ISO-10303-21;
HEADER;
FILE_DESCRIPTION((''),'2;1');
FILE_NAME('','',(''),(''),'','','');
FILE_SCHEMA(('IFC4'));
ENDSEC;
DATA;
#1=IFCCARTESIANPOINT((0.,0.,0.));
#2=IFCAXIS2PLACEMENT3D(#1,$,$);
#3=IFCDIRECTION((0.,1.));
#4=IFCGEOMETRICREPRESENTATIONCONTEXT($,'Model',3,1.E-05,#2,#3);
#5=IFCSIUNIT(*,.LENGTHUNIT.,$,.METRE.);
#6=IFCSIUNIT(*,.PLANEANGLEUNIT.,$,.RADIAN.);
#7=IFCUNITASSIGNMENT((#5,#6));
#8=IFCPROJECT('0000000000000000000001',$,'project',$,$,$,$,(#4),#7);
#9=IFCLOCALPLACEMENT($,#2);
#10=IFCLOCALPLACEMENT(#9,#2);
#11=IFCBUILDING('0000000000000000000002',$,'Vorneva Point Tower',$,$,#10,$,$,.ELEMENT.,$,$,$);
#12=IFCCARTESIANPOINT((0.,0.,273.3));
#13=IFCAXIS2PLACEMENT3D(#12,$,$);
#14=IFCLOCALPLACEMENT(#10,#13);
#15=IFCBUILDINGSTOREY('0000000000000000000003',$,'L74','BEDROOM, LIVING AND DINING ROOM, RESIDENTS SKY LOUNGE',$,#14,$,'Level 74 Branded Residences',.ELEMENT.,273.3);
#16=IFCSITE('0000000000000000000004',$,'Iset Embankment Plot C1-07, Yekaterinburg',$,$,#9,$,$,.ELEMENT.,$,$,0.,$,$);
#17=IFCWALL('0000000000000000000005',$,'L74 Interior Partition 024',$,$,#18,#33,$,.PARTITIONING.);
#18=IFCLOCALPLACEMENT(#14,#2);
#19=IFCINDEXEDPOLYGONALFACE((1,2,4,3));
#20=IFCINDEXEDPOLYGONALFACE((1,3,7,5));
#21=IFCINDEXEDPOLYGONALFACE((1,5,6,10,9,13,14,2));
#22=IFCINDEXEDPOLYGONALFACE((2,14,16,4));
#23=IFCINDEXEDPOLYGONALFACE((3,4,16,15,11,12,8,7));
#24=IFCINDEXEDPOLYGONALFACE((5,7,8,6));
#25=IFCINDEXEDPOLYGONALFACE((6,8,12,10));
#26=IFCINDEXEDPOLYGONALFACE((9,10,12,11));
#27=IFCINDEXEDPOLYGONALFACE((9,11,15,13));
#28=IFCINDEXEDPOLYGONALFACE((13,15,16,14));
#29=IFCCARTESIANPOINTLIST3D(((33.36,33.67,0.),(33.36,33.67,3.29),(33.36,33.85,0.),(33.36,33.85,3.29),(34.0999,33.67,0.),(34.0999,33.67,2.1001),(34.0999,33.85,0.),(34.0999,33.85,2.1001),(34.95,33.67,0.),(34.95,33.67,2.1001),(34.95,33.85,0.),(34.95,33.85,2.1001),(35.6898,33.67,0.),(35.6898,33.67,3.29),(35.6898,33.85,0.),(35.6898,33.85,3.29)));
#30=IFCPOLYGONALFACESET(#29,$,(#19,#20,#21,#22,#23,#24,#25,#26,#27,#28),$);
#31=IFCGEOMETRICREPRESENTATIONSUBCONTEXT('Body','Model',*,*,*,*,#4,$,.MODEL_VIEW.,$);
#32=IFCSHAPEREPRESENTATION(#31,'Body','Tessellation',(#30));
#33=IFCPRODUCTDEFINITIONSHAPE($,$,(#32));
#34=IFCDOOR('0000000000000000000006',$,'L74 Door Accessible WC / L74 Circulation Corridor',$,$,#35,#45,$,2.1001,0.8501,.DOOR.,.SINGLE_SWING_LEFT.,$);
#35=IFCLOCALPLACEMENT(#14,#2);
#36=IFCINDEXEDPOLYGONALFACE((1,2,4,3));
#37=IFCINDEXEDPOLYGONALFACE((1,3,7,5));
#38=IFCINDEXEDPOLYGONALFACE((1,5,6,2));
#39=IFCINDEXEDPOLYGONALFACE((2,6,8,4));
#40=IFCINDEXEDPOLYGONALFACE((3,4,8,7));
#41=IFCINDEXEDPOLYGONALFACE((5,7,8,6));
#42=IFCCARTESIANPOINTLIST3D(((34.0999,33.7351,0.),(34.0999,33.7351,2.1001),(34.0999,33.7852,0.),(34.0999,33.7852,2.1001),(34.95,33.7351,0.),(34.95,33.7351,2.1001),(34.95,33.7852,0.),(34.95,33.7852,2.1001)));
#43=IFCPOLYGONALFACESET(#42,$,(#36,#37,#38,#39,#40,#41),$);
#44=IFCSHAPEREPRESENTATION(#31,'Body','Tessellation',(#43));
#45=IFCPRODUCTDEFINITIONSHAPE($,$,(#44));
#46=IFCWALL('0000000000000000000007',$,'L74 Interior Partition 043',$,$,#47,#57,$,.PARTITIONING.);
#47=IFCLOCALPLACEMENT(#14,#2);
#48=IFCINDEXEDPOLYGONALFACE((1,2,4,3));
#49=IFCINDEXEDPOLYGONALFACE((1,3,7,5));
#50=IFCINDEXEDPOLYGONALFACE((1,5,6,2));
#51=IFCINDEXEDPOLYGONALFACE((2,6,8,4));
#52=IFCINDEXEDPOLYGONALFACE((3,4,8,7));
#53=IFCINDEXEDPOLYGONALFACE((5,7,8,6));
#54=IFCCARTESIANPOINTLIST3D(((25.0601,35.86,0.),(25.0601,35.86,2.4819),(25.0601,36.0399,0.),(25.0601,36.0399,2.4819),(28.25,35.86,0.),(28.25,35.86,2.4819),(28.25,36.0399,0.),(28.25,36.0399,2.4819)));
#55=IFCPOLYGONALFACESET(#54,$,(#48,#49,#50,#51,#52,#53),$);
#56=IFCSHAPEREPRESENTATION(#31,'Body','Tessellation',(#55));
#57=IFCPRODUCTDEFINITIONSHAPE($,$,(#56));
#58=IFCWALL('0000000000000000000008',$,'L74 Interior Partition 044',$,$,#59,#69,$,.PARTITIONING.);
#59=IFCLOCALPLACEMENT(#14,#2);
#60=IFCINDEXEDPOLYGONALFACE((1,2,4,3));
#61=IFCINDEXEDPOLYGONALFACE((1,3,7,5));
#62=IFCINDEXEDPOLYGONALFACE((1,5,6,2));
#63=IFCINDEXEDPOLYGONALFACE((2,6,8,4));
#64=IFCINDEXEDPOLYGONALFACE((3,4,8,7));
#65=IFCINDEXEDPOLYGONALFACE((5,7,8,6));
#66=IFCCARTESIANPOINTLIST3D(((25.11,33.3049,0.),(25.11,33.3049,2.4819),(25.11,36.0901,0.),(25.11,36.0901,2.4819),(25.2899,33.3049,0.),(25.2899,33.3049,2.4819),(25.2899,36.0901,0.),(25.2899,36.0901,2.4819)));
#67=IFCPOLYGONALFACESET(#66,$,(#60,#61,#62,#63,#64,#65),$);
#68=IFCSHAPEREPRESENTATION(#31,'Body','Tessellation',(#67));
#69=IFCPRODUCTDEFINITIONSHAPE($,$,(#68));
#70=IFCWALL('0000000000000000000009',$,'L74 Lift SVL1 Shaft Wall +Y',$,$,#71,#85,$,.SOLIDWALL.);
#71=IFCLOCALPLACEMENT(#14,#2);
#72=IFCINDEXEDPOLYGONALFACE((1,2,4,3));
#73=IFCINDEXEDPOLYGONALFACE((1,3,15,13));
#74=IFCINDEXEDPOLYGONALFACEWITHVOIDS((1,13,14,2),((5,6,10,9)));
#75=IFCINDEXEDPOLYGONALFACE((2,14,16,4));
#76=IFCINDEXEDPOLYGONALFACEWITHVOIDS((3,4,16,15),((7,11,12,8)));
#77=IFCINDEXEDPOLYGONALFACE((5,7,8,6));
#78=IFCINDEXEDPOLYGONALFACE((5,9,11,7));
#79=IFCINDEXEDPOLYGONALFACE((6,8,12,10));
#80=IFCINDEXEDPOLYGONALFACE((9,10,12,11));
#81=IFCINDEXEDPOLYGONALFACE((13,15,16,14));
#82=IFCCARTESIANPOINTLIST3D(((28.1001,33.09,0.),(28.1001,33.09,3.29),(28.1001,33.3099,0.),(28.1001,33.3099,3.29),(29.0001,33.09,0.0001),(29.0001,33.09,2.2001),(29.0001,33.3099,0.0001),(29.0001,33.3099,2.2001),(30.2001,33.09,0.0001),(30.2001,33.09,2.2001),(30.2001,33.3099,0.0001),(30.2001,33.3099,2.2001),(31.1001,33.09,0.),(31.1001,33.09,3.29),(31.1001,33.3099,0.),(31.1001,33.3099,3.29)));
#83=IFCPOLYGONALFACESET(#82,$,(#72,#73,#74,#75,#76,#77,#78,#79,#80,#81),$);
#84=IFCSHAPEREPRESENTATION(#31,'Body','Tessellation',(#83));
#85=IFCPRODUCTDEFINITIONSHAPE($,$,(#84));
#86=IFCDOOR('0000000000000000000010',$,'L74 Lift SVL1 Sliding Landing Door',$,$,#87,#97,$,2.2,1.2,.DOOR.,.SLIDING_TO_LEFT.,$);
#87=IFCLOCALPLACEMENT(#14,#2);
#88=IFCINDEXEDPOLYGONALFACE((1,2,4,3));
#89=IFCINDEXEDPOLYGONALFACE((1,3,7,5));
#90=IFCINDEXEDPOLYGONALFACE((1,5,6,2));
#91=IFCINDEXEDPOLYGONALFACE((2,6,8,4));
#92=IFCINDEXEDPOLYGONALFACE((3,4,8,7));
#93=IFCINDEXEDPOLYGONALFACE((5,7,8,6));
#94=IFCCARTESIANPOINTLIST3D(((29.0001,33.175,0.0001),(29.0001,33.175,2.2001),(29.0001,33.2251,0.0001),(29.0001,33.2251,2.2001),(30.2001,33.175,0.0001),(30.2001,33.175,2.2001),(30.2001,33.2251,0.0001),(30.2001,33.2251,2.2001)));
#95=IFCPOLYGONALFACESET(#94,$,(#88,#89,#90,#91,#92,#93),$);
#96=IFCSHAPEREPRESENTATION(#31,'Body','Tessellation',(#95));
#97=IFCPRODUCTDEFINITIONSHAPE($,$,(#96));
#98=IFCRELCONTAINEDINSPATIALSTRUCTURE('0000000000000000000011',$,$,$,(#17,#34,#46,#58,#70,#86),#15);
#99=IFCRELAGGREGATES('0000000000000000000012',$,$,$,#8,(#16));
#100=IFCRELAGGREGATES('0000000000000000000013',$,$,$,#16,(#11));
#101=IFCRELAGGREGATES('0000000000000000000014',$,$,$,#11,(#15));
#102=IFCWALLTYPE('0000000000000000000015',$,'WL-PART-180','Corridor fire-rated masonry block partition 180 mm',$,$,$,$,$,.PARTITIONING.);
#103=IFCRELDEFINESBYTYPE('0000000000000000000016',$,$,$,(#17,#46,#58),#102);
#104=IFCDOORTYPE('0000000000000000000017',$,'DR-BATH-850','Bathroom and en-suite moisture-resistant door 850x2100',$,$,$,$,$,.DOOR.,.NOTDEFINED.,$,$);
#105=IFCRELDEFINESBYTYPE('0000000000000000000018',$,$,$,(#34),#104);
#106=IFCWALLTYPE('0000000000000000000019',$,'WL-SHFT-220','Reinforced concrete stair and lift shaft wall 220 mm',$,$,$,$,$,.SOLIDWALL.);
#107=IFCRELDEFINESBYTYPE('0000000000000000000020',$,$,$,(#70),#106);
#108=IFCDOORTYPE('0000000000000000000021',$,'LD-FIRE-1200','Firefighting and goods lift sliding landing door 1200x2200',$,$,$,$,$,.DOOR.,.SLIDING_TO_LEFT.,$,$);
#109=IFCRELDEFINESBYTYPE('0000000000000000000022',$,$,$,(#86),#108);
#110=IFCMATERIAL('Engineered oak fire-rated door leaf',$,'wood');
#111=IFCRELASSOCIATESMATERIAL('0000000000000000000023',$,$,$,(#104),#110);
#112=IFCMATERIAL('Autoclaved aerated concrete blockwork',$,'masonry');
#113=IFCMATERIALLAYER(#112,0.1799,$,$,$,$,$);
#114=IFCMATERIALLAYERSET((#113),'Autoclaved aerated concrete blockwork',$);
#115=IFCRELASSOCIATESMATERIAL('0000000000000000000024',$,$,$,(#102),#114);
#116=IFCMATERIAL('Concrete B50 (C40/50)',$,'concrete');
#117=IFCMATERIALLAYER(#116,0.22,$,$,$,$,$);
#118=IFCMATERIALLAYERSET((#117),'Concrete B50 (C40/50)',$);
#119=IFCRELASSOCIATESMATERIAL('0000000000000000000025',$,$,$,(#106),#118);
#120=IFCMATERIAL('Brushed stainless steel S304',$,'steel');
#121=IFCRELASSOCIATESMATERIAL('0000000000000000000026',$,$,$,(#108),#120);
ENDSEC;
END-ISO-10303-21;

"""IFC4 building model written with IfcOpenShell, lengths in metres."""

from ifc_helpers import new_model, si_unit, direction, frame, frame_2d, origin, place, context, subcontext, project, spatial, rectangle, extrude, material, layer, layer_set, type_object, element, fill, save


model = new_model("IFC4")

# Units and contexts
model_context = context("Model", 3, precision=1e-05, world=origin(), true_north=direction((0.0, 1.0)))
body_context = subcontext(model_context, "Body", "Model", "MODEL_VIEW")
ifc_project = project(units=[si_unit("LENGTHUNIT", "METRE"), si_unit("PLANEANGLEUNIT", "RADIAN")], contexts=[model_context])

# Site, building, storey
site_placement = place(None, origin())
site = spatial("IfcSite", under=ifc_project, at=site_placement, Name="Iset Embankment Plot C1-07, Yekaterinburg", CompositionType="ELEMENT", RefElevation=0.0)
building_placement = place(site_placement, origin())
building = spatial("IfcBuilding", under=site, at=building_placement, Name="Vorneva Point Tower", CompositionType="ELEMENT")
storey_placement = place(building_placement, frame((0.0, 0.0, 273.3)))
storey = spatial("IfcBuildingStorey", under=building, at=storey_placement, Name="L74", Description="BEDROOM, LIVING AND DINING ROOM, RESIDENTS SKY LOUNGE", LongName="Level 74 Branded Residences", CompositionType="ELEMENT", Elevation=273.3)

# Shared definitions
ifc_material_1 = material(Name="Concrete B50 (C40/50)", Category="concrete")

# Shared definitions
ifc_material_2 = material(Name="Engineered oak fire-rated door leaf", Category="wood")
door_type_1 = type_object("IfcDoorType", Name="DR-BATH-850", Description="Bathroom and en-suite moisture-resistant door 850x2100", OperationType="NOTDEFINED", PredefinedType="DOOR", material=ifc_material_2)

# Shared definitions
ifc_material_3 = material(Name="Autoclaved aerated concrete blockwork", Category="masonry")
ifc_layer_1 = layer(ifc_material_3, 0.1799)
ifc_layer_set_1 = layer_set([ifc_layer_1], Name="Autoclaved aerated concrete blockwork")
wall_type_1 = type_object("IfcWallType", Name="WL-PART-180", Description="Corridor fire-rated masonry block partition 180 mm", PredefinedType="PARTITIONING", material=ifc_layer_set_1)

# Wall, opening, door
wall_1_placement = place(storey_placement, frame((35.6899, 33.76, 0.0), z_axis=(0.0, 0.0, 1.0), x_axis=(-1.0, 0.0, 0.0)))
wall_1 = element("IfcWall", 1, at=wall_1_placement, inside=storey, type_object=wall_type_1, Name="L74 Interior Partition 024", PredefinedType="PARTITIONING", context=body_context, shape_type="SweptSolid", body=[
    extrude(rectangle(XDim=2.3298, YDim=0.1799, at=frame_2d((1.165, 0.0))), origin(), (0.0, 0.0, 1.0), 3.29),
])
opening_1_placement = place(wall_1_placement, frame((0.74, 0.0, 0.0)))
opening_1 = element("IfcOpeningElement", 2, at=opening_1_placement, cuts=wall_1, PredefinedType="OPENING", context=body_context, shape_type="SweptSolid", body=[
    extrude(rectangle(XDim=0.8501, YDim=2.1001, at=frame_2d((0.425, 1.05))), frame((0.0, 0.105, 0.0), z_axis=(0.0, -1.0, 0.0), x_axis=(1.0, 0.0, 0.0)), (0.0, 0.0, 1.0), 0.2097),
])
door_1_placement = place(opening_1_placement, origin())
door_1 = element("IfcDoor", 3, at=door_1_placement, inside=storey, type_object=door_type_1, Name="L74 Door Accessible WC / L74 Circulation Corridor", OperationType="SINGLE_SWING_LEFT", OverallHeight=2.1001, OverallWidth=0.8501, PredefinedType="DOOR", context=body_context, shape_type="SweptSolid", body=[
    extrude(rectangle(XDim=0.8501, YDim=2.1001, at=frame_2d((0.425, 1.05))), frame((0.0, 0.0249, 0.0), z_axis=(0.0, -1.0, 0.0), x_axis=(1.0, 0.0, 0.0)), (0.0, 0.0, 1.0), 0.05),
])
fill(opening_1, door_1)

# Walls
wall_2_placement = place(storey_placement, frame((28.25, 35.95, 0.0), z_axis=(0.0, 0.0, 1.0), x_axis=(-1.0, 0.0, 0.0)))
element("IfcWall", 4, at=wall_2_placement, inside=storey, type_object=wall_type_1, Name="L74 Interior Partition 043", PredefinedType="PARTITIONING", context=body_context, shape_type="SweptSolid", body=[
    extrude(rectangle(XDim=3.1899, YDim=0.1799, at=frame_2d((1.595, 0.0))), origin(), (0.0, 0.0, 1.0), 2.4819),
])
wall_3_placement = place(storey_placement, frame((25.2, 36.0901, 0.0), z_axis=(0.0, 0.0, 1.0), x_axis=(0.0, -1.0, 0.0)))
element("IfcWall", 5, at=wall_3_placement, inside=storey, type_object=wall_type_1, Name="L74 Interior Partition 044", PredefinedType="PARTITIONING", context=body_context, shape_type="SweptSolid", body=[
    extrude(rectangle(XDim=2.7852, YDim=0.1799, at=frame_2d((1.3926, 0.0))), origin(), (0.0, 0.0, 1.0), 2.4819),
])

# Wall, opening, door
ifc_layer_2 = layer(ifc_material_1, 0.22)
ifc_layer_set_2 = layer_set([ifc_layer_2], Name="Concrete B50 (C40/50)")
wall_type_2 = type_object("IfcWallType", Name="WL-SHFT-220", Description="Reinforced concrete stair and lift shaft wall 220 mm", PredefinedType="SOLIDWALL", material=ifc_layer_set_2)
wall_4_placement = place(storey_placement, frame((31.1001, 33.2, 0.0), z_axis=(0.0, 0.0, 1.0), x_axis=(-1.0, 0.0, 0.0)))
wall_4 = element("IfcWall", 6, at=wall_4_placement, inside=storey, type_object=wall_type_2, Name="L74 Lift SVL1 Shaft Wall +Y", PredefinedType="SOLIDWALL", context=body_context, shape_type="SweptSolid", body=[
    extrude(rectangle(XDim=3.0, YDim=0.22, at=frame_2d((1.5, 0.0))), origin(), (0.0, 0.0, 1.0), 3.29),
])
opening_2_placement = place(wall_4_placement, frame((0.8999, 0.0, 0.0)))
opening_2 = element("IfcOpeningElement", 7, at=opening_2_placement, cuts=wall_4, PredefinedType="OPENING", context=body_context, shape_type="SweptSolid", body=[
    extrude(rectangle(XDim=1.2, YDim=2.2, at=frame_2d((0.6001, 1.1001))), frame((0.0, 0.125, 0.0), z_axis=(0.0, -1.0, 0.0), x_axis=(1.0, 0.0, 0.0)), (0.0, 0.0, 1.0), 0.2498),
])
ifc_material_4 = material(Name="Brushed stainless steel S304", Category="steel")
door_type_2 = type_object("IfcDoorType", Name="LD-FIRE-1200", Description="Firefighting and goods lift sliding landing door 1200x2200", OperationType="SLIDING_TO_LEFT", PredefinedType="DOOR", material=ifc_material_4)
door_2_placement = place(opening_2_placement, origin())
door_2 = element("IfcDoor", 8, at=door_2_placement, inside=storey, type_object=door_type_2, Name="L74 Lift SVL1 Sliding Landing Door", OperationType="SLIDING_TO_LEFT", OverallHeight=2.2, OverallWidth=1.2, PredefinedType="DOOR", context=body_context, shape_type="SweptSolid", body=[
    extrude(rectangle(XDim=1.2, YDim=2.2, at=frame_2d((0.6001, 1.1001))), frame((0.0, 0.0249, 0.0), z_axis=(0.0, -1.0, 0.0), x_axis=(1.0, 0.0, 0.0)), (0.0, 0.0, 1.0), 0.05),
])
fill(opening_2, door_2)

save(model, "model.ifc")
